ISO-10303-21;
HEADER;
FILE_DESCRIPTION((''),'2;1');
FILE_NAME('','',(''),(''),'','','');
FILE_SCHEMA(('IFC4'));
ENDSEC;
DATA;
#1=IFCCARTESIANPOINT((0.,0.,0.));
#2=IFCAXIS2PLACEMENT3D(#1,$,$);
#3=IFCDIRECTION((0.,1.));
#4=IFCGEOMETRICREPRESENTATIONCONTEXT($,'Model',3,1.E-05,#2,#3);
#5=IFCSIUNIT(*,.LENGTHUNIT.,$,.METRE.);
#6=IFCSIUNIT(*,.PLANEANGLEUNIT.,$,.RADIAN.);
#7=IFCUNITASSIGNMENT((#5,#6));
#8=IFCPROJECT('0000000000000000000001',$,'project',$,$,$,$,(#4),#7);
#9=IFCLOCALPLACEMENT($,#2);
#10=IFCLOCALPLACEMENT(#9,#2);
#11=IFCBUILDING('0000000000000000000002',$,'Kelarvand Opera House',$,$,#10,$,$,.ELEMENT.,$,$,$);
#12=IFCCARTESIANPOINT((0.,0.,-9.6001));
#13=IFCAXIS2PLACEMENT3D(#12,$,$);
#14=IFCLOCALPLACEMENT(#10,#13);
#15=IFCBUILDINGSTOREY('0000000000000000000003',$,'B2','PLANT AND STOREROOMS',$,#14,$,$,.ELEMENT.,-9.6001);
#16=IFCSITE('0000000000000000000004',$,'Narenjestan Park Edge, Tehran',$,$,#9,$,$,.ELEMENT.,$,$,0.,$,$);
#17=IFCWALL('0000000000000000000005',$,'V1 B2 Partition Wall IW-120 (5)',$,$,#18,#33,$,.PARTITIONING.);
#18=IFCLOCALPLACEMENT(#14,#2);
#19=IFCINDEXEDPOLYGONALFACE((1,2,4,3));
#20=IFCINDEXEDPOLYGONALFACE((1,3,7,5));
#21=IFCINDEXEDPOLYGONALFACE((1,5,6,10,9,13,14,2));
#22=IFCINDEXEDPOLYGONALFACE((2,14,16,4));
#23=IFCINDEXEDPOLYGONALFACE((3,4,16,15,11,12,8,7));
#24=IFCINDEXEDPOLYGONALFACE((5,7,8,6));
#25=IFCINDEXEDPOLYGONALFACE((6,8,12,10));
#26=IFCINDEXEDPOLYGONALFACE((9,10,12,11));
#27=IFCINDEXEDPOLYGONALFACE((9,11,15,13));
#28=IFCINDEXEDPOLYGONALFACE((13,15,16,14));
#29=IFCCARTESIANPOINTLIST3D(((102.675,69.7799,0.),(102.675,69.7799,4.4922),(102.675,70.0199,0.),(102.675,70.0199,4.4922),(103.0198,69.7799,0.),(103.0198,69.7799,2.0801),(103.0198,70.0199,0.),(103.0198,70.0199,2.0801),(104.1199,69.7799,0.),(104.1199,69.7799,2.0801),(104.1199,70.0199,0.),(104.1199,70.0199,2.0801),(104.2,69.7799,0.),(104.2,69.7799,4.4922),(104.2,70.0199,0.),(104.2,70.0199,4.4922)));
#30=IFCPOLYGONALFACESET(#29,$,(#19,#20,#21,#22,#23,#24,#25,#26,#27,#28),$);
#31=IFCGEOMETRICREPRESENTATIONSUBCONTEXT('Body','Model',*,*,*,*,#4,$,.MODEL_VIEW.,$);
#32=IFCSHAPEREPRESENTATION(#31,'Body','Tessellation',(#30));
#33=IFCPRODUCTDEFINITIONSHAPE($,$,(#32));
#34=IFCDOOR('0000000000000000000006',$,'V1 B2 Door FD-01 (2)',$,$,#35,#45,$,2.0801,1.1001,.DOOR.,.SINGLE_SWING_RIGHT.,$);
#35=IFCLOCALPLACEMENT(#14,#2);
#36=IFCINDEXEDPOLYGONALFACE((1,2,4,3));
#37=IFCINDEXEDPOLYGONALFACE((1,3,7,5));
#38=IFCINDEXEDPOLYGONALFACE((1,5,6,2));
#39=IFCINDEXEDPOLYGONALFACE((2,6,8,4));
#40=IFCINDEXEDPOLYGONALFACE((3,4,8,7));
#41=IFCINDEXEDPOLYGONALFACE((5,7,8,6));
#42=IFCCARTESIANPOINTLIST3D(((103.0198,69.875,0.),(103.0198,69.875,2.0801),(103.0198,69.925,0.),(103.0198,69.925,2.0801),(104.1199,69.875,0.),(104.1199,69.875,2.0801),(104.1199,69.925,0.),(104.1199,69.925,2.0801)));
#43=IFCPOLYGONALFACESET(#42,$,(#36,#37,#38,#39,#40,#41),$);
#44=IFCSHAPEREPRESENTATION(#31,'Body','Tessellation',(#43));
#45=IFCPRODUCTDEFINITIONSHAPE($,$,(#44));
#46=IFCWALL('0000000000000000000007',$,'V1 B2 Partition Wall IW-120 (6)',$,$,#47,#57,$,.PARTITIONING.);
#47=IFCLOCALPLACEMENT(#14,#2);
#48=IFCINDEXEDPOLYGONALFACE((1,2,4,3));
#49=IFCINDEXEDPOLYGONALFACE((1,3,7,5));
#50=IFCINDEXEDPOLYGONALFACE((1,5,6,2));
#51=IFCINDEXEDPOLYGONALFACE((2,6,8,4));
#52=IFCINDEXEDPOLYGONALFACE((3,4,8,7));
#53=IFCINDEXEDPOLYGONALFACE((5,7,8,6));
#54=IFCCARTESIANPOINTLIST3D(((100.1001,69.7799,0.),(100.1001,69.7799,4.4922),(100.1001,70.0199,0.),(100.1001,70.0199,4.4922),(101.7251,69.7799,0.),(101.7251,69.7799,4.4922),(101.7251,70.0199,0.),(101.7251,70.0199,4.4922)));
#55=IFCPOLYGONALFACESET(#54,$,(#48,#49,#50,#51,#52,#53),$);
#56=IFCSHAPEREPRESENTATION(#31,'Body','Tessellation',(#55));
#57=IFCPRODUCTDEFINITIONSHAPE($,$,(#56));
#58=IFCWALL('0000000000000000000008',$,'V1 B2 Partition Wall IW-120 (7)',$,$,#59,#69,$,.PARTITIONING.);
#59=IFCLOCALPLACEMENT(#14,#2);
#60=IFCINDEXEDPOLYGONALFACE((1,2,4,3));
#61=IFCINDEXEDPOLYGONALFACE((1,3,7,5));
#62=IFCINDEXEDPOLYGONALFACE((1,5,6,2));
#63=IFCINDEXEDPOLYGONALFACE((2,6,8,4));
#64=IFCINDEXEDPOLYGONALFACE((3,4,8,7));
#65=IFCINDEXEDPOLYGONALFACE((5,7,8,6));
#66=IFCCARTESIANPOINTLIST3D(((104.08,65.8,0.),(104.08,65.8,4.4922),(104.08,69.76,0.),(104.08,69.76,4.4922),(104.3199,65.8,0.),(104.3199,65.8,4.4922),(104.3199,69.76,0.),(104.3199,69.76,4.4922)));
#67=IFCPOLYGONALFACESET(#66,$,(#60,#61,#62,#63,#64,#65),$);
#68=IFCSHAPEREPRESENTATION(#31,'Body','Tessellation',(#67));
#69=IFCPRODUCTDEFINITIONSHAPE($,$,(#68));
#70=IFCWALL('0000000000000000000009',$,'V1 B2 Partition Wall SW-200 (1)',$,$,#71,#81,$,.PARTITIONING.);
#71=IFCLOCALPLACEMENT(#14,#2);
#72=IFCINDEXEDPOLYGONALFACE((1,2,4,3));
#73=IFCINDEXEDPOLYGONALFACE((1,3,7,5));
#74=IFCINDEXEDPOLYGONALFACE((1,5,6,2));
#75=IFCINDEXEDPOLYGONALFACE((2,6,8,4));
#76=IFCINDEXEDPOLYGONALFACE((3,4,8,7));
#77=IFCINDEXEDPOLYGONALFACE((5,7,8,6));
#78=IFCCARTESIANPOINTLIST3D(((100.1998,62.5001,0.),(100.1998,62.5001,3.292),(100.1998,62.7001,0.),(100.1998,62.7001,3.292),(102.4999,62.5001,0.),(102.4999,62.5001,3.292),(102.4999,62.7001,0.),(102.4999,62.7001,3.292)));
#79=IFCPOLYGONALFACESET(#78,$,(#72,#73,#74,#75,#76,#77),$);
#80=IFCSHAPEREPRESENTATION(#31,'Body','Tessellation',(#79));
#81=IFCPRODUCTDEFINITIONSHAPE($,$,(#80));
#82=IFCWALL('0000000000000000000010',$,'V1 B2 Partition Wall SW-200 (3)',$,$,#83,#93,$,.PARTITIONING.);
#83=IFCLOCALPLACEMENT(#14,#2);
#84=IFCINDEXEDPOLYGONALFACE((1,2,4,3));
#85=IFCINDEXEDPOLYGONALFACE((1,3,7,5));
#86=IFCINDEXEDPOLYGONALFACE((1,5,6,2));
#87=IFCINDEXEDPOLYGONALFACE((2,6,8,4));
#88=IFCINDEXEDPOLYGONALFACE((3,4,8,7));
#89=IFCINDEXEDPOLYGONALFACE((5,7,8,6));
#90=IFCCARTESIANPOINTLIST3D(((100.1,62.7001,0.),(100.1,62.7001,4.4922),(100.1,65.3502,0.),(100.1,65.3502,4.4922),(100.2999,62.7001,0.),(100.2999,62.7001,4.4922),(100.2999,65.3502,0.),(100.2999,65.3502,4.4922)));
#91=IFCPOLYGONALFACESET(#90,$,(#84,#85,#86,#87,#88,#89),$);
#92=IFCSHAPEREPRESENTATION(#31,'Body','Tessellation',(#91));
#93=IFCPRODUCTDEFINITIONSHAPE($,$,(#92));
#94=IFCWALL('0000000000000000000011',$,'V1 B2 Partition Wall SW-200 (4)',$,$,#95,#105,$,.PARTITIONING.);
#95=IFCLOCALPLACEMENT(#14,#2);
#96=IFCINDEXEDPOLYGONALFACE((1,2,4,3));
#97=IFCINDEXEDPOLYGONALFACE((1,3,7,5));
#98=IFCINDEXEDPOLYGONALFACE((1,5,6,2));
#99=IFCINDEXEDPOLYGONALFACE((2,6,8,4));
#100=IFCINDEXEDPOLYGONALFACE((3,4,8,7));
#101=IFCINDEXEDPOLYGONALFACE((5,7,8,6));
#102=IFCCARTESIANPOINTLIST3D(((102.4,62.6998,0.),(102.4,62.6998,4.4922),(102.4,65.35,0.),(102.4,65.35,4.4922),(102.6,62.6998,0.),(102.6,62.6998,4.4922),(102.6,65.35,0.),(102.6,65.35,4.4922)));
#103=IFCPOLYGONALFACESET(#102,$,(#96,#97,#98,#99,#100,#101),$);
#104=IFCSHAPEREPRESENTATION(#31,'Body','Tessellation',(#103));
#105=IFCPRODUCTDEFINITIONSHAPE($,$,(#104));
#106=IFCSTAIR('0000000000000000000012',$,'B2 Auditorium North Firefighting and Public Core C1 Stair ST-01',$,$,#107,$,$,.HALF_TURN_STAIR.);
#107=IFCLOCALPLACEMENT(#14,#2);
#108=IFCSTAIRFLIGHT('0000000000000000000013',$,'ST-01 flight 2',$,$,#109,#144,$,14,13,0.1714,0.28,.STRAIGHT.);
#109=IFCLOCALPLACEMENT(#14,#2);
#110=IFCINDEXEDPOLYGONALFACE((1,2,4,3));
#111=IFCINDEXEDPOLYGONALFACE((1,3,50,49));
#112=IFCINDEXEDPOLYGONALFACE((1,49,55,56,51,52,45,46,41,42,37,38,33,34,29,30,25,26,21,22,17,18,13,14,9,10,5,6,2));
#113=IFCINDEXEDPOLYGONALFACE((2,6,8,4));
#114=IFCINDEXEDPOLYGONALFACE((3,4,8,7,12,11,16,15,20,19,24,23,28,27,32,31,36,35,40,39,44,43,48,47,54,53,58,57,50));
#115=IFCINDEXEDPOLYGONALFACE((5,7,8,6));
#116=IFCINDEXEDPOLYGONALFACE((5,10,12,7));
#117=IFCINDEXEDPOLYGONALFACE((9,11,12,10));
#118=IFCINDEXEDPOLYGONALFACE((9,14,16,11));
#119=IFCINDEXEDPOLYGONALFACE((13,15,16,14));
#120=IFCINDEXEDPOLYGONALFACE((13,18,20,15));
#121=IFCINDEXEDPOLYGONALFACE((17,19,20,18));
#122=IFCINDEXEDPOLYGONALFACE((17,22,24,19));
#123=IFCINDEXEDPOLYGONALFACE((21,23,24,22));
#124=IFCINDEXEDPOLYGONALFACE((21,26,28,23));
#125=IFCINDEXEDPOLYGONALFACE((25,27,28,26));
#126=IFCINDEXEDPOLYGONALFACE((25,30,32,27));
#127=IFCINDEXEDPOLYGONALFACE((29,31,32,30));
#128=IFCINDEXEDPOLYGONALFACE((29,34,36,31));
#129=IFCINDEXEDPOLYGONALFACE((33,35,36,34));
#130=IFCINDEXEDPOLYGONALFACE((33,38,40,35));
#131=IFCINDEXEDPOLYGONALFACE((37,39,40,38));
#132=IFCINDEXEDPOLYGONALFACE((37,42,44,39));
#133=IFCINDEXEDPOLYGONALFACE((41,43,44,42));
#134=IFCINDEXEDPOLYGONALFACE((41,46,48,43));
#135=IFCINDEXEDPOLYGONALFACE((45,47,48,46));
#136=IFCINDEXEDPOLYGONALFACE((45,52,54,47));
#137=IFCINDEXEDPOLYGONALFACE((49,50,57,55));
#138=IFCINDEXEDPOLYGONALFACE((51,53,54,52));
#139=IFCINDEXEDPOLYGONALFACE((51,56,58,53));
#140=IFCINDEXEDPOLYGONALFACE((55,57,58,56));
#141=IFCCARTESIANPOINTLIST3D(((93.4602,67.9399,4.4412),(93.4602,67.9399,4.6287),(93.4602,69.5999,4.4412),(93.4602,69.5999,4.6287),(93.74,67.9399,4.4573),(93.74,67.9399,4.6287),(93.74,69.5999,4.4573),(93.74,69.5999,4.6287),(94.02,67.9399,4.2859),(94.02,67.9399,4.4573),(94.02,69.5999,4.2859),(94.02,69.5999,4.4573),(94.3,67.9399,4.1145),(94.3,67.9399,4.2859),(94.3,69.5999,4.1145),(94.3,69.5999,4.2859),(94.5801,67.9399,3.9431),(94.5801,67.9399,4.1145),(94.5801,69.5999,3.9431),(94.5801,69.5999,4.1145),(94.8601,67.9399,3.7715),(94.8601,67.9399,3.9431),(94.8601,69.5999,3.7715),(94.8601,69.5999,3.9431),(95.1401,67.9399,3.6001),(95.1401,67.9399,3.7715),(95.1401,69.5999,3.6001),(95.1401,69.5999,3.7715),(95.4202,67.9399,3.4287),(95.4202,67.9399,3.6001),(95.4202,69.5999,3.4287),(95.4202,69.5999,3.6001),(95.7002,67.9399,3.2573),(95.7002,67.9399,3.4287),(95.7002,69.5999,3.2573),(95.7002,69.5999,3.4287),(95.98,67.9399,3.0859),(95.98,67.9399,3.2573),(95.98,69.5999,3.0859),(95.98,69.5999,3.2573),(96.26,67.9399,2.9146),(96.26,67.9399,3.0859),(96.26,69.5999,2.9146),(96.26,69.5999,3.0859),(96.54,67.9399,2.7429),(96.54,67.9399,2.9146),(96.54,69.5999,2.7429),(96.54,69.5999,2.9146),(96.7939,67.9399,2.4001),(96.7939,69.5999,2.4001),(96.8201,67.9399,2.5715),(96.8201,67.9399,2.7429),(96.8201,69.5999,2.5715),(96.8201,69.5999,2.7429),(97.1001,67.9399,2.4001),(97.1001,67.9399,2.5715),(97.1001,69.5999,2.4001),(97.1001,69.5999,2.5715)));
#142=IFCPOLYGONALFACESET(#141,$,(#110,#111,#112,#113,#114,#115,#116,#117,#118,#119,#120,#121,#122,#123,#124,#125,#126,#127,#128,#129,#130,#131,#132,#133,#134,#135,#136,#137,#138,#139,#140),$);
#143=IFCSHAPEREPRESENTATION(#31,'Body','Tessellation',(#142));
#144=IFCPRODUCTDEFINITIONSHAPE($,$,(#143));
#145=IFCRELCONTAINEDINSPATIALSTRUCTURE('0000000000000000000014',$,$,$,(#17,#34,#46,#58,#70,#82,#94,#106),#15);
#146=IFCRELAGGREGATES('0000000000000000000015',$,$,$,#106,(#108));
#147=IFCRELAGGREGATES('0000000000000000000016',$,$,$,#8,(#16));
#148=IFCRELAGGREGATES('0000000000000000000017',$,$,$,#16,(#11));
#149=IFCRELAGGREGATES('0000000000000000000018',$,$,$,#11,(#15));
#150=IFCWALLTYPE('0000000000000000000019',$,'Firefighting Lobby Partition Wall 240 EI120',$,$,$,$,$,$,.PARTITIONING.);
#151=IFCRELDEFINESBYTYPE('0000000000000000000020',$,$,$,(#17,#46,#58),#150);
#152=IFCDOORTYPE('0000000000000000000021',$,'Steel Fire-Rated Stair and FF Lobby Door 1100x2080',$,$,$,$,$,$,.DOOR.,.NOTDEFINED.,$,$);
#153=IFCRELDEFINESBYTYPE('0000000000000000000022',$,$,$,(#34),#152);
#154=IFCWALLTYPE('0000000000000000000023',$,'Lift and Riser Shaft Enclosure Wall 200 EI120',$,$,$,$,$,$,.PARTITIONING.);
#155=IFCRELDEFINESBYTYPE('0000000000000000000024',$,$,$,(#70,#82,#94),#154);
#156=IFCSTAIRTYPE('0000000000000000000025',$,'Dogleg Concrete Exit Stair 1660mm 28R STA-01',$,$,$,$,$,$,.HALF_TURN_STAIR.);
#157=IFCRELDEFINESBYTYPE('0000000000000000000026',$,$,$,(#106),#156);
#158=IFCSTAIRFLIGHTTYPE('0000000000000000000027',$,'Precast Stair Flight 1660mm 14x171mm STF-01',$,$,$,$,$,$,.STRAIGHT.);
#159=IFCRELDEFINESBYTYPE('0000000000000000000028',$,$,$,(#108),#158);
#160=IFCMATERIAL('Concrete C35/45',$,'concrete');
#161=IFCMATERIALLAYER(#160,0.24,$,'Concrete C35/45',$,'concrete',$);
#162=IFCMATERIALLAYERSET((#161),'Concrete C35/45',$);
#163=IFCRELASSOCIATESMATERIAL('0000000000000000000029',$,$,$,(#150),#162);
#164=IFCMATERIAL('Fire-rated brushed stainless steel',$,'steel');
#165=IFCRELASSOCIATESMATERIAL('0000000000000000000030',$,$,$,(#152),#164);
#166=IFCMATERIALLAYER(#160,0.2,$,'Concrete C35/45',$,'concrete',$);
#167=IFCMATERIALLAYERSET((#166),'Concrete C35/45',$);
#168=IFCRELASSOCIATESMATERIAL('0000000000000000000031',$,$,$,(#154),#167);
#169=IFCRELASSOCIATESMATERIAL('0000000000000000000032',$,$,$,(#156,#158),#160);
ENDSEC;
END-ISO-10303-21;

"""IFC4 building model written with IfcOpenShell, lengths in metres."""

from ifc_helpers import new_model, si_unit, direction, frame, frame_2d, origin, place, context, subcontext, project, spatial, polyline, rectangle, outline, extrude, material, layer, layer_set, type_object, element, fill, aggregate, save


model = new_model("IFC4")

# Units and contexts
model_context = context("Model", 3, precision=1e-05, world=origin(), true_north=direction((0.0, 1.0)))
body_context = subcontext(model_context, "Body", "Model", "MODEL_VIEW")
ifc_project = project(units=[si_unit("LENGTHUNIT", "METRE"), si_unit("PLANEANGLEUNIT", "RADIAN")], contexts=[model_context])

# Site, building, storey
site_placement = place(None, origin())
site = spatial("IfcSite", under=ifc_project, at=site_placement, Name="Narenjestan Park Edge, Tehran", CompositionType="ELEMENT", RefElevation=0.0)
building_placement = place(site_placement, origin())
building = spatial("IfcBuilding", under=site, at=building_placement, Name="Kelarvand Opera House", CompositionType="ELEMENT")
storey_placement = place(building_placement, frame((0.0, 0.0, -9.6001)))
storey = spatial("IfcBuildingStorey", under=building, at=storey_placement, Name="B2", Description="PLANT AND STOREROOMS", CompositionType="ELEMENT", Elevation=-9.6001)

# Shared definitions
ifc_material_1 = material(Name="Concrete C35/45", Category="concrete")

# Wall, opening, door
ifc_layer_1 = layer(ifc_material_1, 0.24, Name="Concrete C35/45", Category="concrete")
ifc_layer_set_1 = layer_set([ifc_layer_1], Name="Concrete C35/45")
wall_type_1 = type_object("IfcWallType", Name="Firefighting Lobby Partition Wall 240 EI120", PredefinedType="PARTITIONING", material=ifc_layer_set_1)
wall_1_placement = place(storey_placement, frame((104.2, 69.8999, 0.0), z_axis=(0.0, 0.0, 1.0), x_axis=(-1.0, 0.0, 0.0)))
wall_1 = element("IfcWall", 1, at=wall_1_placement, inside=storey, type_object=wall_type_1, Name="V1 B2 Partition Wall IW-120 (5)", PredefinedType="PARTITIONING", context=body_context, shape_type="SweptSolid", body=[
    extrude(rectangle(XDim=1.5249, YDim=0.24, at=frame_2d((0.7625, 0.0))), origin(), (0.0, 0.0, 1.0), 4.4922),
])
opening_1_placement = place(wall_1_placement, frame((0.0801, 0.0, 0.0)))
opening_1 = element("IfcOpeningElement", 2, at=opening_1_placement, cuts=wall_1, PredefinedType="OPENING", context=body_context, shape_type="SweptSolid", body=[
    extrude(rectangle(XDim=1.1001, YDim=2.0801, at=frame_2d((0.55, 1.04))), frame((0.0, 0.1299, 0.0), z_axis=(0.0, -1.0, 0.0), x_axis=(1.0, 0.0, 0.0)), (0.0, 0.0, 1.0), 0.26),
])
ifc_material_2 = material(Name="Fire-rated brushed stainless steel", Category="steel")
door_type_1 = type_object("IfcDoorType", Name="Steel Fire-Rated Stair and FF Lobby Door 1100x2080", OperationType="NOTDEFINED", PredefinedType="DOOR", material=ifc_material_2)
door_1_placement = place(opening_1_placement, origin())
door_1 = element("IfcDoor", 3, at=door_1_placement, inside=storey, type_object=door_type_1, Name="V1 B2 Door FD-01 (2)", OperationType="SINGLE_SWING_RIGHT", OverallHeight=2.0801, OverallWidth=1.1001, PredefinedType="DOOR", context=body_context, shape_type="SweptSolid", body=[
    extrude(rectangle(XDim=1.1001, YDim=2.0801, at=frame_2d((0.55, 1.04))), frame((0.0, 0.0249, 0.0), z_axis=(0.0, -1.0, 0.0), x_axis=(1.0, 0.0, 0.0)), (0.0, 0.0, 1.0), 0.05),
])
fill(opening_1, door_1)

# Walls
wall_2_placement = place(storey_placement, frame((101.7251, 69.8999, 0.0), z_axis=(0.0, 0.0, 1.0), x_axis=(-1.0, 0.0, 0.0)))
element("IfcWall", 4, at=wall_2_placement, inside=storey, type_object=wall_type_1, Name="V1 B2 Partition Wall IW-120 (6)", PredefinedType="PARTITIONING", context=body_context, shape_type="SweptSolid", body=[
    extrude(rectangle(XDim=1.625, YDim=0.24, at=frame_2d((0.8125, 0.0))), origin(), (0.0, 0.0, 1.0), 4.4922),
])
wall_3_placement = place(storey_placement, frame((104.2, 69.76, 0.0), z_axis=(0.0, 0.0, 1.0), x_axis=(0.0, -1.0, 0.0)))
element("IfcWall", 5, at=wall_3_placement, inside=storey, type_object=wall_type_1, Name="V1 B2 Partition Wall IW-120 (7)", PredefinedType="PARTITIONING", context=body_context, shape_type="SweptSolid", body=[
    extrude(rectangle(XDim=3.96, YDim=0.24, at=frame_2d((1.98, 0.0))), origin(), (0.0, 0.0, 1.0), 4.4922),
])
ifc_layer_2 = layer(ifc_material_1, 0.2, Name="Concrete C35/45", Category="concrete")
ifc_layer_set_2 = layer_set([ifc_layer_2], Name="Concrete C35/45")
wall_type_2 = type_object("IfcWallType", Name="Lift and Riser Shaft Enclosure Wall 200 EI120", PredefinedType="PARTITIONING", material=ifc_layer_set_2)
wall_4_placement = place(storey_placement, frame((100.2, 62.6001, 0.0), z_axis=(0.0, 0.0, 1.0), x_axis=(1.0, 0.0, 0.0)))
element("IfcWall", 6, at=wall_4_placement, inside=storey, type_object=wall_type_2, Name="V1 B2 Partition Wall SW-200 (1)", PredefinedType="PARTITIONING", context=body_context, shape_type="SweptSolid", body=[
    extrude(rectangle(XDim=2.3, YDim=0.2, at=frame_2d((1.1499, 0.0))), origin(), (0.0, 0.0, 1.0), 3.292),
])

# Walls
for number, where, z_axis, x_axis, name in (
    (7, (100.2, 62.7, 0.0), (0.0, 0.0, 1.0), (0.0, 1.0, 0.0), "V1 B2 Partition Wall SW-200 (3)"),
    (8, (102.5, 65.3501, 0.0), (0.0, 0.0, 1.0), (0.0, -1.0, 0.0), "V1 B2 Partition Wall SW-200 (4)"),
):
    element("IfcWall", number, at=place(storey_placement, frame(where, z_axis=z_axis, x_axis=x_axis)), inside=storey, type_object=wall_type_2, Name=name, PredefinedType="PARTITIONING", context=body_context, shape_type="SweptSolid", body=[
        extrude(rectangle(XDim=2.6501, YDim=0.2, at=frame_2d((1.3252, 0.0))), origin(), (0.0, 0.0, 1.0), 4.4922),
    ])

# Stair, stair flight
stair_type = type_object("IfcStairType", Name="Dogleg Concrete Exit Stair 1660mm 28R STA-01", PredefinedType="HALF_TURN_STAIR", material=ifc_material_1)
stair_placement = place(storey_placement, origin())
stair = element("IfcStair", 9, at=stair_placement, inside=storey, type_object=stair_type, Name="B2 Auditorium North Firefighting and Public Core C1 Stair ST-01", PredefinedType="HALF_TURN_STAIR")
stair_flight_type = type_object("IfcStairFlightType", Name="Precast Stair Flight 1660mm 14x171mm STF-01", PredefinedType="STRAIGHT", material=ifc_material_1)
stair_flight_placement = place(storey_placement, frame((97.1001, 68.77, 2.4001), z_axis=(0.0, 0.0, 1.0), x_axis=(-1.0, 0.0, 0.0)))
stair_flight = element("IfcStairFlight", 10, at=stair_flight_placement, type_object=stair_flight_type, Name="ST-01 flight 2", NumberOfRisers=14, NumberOfTreads=13, PredefinedType="STRAIGHT", RiserHeight=0.1714, TreadLength=0.28, context=body_context, shape_type="SweptSolid", body=[
    extrude(outline(polyline([(0.0, 0.0), (0.0, 0.1714), (0.28, 0.1714), (0.28, 0.3428), (0.5601, 0.3428), (0.5601, 0.5144), (0.8401, 0.5144), (0.8401, 0.6858), (1.1201, 0.6858), (1.1201, 0.8572), (1.3999, 0.8572), (1.3999, 1.0286), (1.6799, 1.0286), (1.6799, 1.2), (1.96, 1.2), (1.96, 1.3713), (2.24, 1.3713), (2.24, 1.543), (2.52, 1.543), (2.52, 1.7144), (2.8, 1.7144), (2.8, 1.8857), (3.0801, 1.8857), (3.0801, 2.0571), (3.3601, 2.0571), (3.3601, 2.2285), (3.6399, 2.2285), (3.6399, 2.3999), (3.6399, 2.041), (0.3062, 0.0), (0.0, 0.0)])), frame((0.0, 0.8301, 0.0), z_axis=(0.0, -1.0, 0.0), x_axis=(1.0, 0.0, 0.0)), (0.0, 0.0, 1.0), 1.6599),
])
aggregate(stair, [stair_flight])

save(model, "model.ifc")
